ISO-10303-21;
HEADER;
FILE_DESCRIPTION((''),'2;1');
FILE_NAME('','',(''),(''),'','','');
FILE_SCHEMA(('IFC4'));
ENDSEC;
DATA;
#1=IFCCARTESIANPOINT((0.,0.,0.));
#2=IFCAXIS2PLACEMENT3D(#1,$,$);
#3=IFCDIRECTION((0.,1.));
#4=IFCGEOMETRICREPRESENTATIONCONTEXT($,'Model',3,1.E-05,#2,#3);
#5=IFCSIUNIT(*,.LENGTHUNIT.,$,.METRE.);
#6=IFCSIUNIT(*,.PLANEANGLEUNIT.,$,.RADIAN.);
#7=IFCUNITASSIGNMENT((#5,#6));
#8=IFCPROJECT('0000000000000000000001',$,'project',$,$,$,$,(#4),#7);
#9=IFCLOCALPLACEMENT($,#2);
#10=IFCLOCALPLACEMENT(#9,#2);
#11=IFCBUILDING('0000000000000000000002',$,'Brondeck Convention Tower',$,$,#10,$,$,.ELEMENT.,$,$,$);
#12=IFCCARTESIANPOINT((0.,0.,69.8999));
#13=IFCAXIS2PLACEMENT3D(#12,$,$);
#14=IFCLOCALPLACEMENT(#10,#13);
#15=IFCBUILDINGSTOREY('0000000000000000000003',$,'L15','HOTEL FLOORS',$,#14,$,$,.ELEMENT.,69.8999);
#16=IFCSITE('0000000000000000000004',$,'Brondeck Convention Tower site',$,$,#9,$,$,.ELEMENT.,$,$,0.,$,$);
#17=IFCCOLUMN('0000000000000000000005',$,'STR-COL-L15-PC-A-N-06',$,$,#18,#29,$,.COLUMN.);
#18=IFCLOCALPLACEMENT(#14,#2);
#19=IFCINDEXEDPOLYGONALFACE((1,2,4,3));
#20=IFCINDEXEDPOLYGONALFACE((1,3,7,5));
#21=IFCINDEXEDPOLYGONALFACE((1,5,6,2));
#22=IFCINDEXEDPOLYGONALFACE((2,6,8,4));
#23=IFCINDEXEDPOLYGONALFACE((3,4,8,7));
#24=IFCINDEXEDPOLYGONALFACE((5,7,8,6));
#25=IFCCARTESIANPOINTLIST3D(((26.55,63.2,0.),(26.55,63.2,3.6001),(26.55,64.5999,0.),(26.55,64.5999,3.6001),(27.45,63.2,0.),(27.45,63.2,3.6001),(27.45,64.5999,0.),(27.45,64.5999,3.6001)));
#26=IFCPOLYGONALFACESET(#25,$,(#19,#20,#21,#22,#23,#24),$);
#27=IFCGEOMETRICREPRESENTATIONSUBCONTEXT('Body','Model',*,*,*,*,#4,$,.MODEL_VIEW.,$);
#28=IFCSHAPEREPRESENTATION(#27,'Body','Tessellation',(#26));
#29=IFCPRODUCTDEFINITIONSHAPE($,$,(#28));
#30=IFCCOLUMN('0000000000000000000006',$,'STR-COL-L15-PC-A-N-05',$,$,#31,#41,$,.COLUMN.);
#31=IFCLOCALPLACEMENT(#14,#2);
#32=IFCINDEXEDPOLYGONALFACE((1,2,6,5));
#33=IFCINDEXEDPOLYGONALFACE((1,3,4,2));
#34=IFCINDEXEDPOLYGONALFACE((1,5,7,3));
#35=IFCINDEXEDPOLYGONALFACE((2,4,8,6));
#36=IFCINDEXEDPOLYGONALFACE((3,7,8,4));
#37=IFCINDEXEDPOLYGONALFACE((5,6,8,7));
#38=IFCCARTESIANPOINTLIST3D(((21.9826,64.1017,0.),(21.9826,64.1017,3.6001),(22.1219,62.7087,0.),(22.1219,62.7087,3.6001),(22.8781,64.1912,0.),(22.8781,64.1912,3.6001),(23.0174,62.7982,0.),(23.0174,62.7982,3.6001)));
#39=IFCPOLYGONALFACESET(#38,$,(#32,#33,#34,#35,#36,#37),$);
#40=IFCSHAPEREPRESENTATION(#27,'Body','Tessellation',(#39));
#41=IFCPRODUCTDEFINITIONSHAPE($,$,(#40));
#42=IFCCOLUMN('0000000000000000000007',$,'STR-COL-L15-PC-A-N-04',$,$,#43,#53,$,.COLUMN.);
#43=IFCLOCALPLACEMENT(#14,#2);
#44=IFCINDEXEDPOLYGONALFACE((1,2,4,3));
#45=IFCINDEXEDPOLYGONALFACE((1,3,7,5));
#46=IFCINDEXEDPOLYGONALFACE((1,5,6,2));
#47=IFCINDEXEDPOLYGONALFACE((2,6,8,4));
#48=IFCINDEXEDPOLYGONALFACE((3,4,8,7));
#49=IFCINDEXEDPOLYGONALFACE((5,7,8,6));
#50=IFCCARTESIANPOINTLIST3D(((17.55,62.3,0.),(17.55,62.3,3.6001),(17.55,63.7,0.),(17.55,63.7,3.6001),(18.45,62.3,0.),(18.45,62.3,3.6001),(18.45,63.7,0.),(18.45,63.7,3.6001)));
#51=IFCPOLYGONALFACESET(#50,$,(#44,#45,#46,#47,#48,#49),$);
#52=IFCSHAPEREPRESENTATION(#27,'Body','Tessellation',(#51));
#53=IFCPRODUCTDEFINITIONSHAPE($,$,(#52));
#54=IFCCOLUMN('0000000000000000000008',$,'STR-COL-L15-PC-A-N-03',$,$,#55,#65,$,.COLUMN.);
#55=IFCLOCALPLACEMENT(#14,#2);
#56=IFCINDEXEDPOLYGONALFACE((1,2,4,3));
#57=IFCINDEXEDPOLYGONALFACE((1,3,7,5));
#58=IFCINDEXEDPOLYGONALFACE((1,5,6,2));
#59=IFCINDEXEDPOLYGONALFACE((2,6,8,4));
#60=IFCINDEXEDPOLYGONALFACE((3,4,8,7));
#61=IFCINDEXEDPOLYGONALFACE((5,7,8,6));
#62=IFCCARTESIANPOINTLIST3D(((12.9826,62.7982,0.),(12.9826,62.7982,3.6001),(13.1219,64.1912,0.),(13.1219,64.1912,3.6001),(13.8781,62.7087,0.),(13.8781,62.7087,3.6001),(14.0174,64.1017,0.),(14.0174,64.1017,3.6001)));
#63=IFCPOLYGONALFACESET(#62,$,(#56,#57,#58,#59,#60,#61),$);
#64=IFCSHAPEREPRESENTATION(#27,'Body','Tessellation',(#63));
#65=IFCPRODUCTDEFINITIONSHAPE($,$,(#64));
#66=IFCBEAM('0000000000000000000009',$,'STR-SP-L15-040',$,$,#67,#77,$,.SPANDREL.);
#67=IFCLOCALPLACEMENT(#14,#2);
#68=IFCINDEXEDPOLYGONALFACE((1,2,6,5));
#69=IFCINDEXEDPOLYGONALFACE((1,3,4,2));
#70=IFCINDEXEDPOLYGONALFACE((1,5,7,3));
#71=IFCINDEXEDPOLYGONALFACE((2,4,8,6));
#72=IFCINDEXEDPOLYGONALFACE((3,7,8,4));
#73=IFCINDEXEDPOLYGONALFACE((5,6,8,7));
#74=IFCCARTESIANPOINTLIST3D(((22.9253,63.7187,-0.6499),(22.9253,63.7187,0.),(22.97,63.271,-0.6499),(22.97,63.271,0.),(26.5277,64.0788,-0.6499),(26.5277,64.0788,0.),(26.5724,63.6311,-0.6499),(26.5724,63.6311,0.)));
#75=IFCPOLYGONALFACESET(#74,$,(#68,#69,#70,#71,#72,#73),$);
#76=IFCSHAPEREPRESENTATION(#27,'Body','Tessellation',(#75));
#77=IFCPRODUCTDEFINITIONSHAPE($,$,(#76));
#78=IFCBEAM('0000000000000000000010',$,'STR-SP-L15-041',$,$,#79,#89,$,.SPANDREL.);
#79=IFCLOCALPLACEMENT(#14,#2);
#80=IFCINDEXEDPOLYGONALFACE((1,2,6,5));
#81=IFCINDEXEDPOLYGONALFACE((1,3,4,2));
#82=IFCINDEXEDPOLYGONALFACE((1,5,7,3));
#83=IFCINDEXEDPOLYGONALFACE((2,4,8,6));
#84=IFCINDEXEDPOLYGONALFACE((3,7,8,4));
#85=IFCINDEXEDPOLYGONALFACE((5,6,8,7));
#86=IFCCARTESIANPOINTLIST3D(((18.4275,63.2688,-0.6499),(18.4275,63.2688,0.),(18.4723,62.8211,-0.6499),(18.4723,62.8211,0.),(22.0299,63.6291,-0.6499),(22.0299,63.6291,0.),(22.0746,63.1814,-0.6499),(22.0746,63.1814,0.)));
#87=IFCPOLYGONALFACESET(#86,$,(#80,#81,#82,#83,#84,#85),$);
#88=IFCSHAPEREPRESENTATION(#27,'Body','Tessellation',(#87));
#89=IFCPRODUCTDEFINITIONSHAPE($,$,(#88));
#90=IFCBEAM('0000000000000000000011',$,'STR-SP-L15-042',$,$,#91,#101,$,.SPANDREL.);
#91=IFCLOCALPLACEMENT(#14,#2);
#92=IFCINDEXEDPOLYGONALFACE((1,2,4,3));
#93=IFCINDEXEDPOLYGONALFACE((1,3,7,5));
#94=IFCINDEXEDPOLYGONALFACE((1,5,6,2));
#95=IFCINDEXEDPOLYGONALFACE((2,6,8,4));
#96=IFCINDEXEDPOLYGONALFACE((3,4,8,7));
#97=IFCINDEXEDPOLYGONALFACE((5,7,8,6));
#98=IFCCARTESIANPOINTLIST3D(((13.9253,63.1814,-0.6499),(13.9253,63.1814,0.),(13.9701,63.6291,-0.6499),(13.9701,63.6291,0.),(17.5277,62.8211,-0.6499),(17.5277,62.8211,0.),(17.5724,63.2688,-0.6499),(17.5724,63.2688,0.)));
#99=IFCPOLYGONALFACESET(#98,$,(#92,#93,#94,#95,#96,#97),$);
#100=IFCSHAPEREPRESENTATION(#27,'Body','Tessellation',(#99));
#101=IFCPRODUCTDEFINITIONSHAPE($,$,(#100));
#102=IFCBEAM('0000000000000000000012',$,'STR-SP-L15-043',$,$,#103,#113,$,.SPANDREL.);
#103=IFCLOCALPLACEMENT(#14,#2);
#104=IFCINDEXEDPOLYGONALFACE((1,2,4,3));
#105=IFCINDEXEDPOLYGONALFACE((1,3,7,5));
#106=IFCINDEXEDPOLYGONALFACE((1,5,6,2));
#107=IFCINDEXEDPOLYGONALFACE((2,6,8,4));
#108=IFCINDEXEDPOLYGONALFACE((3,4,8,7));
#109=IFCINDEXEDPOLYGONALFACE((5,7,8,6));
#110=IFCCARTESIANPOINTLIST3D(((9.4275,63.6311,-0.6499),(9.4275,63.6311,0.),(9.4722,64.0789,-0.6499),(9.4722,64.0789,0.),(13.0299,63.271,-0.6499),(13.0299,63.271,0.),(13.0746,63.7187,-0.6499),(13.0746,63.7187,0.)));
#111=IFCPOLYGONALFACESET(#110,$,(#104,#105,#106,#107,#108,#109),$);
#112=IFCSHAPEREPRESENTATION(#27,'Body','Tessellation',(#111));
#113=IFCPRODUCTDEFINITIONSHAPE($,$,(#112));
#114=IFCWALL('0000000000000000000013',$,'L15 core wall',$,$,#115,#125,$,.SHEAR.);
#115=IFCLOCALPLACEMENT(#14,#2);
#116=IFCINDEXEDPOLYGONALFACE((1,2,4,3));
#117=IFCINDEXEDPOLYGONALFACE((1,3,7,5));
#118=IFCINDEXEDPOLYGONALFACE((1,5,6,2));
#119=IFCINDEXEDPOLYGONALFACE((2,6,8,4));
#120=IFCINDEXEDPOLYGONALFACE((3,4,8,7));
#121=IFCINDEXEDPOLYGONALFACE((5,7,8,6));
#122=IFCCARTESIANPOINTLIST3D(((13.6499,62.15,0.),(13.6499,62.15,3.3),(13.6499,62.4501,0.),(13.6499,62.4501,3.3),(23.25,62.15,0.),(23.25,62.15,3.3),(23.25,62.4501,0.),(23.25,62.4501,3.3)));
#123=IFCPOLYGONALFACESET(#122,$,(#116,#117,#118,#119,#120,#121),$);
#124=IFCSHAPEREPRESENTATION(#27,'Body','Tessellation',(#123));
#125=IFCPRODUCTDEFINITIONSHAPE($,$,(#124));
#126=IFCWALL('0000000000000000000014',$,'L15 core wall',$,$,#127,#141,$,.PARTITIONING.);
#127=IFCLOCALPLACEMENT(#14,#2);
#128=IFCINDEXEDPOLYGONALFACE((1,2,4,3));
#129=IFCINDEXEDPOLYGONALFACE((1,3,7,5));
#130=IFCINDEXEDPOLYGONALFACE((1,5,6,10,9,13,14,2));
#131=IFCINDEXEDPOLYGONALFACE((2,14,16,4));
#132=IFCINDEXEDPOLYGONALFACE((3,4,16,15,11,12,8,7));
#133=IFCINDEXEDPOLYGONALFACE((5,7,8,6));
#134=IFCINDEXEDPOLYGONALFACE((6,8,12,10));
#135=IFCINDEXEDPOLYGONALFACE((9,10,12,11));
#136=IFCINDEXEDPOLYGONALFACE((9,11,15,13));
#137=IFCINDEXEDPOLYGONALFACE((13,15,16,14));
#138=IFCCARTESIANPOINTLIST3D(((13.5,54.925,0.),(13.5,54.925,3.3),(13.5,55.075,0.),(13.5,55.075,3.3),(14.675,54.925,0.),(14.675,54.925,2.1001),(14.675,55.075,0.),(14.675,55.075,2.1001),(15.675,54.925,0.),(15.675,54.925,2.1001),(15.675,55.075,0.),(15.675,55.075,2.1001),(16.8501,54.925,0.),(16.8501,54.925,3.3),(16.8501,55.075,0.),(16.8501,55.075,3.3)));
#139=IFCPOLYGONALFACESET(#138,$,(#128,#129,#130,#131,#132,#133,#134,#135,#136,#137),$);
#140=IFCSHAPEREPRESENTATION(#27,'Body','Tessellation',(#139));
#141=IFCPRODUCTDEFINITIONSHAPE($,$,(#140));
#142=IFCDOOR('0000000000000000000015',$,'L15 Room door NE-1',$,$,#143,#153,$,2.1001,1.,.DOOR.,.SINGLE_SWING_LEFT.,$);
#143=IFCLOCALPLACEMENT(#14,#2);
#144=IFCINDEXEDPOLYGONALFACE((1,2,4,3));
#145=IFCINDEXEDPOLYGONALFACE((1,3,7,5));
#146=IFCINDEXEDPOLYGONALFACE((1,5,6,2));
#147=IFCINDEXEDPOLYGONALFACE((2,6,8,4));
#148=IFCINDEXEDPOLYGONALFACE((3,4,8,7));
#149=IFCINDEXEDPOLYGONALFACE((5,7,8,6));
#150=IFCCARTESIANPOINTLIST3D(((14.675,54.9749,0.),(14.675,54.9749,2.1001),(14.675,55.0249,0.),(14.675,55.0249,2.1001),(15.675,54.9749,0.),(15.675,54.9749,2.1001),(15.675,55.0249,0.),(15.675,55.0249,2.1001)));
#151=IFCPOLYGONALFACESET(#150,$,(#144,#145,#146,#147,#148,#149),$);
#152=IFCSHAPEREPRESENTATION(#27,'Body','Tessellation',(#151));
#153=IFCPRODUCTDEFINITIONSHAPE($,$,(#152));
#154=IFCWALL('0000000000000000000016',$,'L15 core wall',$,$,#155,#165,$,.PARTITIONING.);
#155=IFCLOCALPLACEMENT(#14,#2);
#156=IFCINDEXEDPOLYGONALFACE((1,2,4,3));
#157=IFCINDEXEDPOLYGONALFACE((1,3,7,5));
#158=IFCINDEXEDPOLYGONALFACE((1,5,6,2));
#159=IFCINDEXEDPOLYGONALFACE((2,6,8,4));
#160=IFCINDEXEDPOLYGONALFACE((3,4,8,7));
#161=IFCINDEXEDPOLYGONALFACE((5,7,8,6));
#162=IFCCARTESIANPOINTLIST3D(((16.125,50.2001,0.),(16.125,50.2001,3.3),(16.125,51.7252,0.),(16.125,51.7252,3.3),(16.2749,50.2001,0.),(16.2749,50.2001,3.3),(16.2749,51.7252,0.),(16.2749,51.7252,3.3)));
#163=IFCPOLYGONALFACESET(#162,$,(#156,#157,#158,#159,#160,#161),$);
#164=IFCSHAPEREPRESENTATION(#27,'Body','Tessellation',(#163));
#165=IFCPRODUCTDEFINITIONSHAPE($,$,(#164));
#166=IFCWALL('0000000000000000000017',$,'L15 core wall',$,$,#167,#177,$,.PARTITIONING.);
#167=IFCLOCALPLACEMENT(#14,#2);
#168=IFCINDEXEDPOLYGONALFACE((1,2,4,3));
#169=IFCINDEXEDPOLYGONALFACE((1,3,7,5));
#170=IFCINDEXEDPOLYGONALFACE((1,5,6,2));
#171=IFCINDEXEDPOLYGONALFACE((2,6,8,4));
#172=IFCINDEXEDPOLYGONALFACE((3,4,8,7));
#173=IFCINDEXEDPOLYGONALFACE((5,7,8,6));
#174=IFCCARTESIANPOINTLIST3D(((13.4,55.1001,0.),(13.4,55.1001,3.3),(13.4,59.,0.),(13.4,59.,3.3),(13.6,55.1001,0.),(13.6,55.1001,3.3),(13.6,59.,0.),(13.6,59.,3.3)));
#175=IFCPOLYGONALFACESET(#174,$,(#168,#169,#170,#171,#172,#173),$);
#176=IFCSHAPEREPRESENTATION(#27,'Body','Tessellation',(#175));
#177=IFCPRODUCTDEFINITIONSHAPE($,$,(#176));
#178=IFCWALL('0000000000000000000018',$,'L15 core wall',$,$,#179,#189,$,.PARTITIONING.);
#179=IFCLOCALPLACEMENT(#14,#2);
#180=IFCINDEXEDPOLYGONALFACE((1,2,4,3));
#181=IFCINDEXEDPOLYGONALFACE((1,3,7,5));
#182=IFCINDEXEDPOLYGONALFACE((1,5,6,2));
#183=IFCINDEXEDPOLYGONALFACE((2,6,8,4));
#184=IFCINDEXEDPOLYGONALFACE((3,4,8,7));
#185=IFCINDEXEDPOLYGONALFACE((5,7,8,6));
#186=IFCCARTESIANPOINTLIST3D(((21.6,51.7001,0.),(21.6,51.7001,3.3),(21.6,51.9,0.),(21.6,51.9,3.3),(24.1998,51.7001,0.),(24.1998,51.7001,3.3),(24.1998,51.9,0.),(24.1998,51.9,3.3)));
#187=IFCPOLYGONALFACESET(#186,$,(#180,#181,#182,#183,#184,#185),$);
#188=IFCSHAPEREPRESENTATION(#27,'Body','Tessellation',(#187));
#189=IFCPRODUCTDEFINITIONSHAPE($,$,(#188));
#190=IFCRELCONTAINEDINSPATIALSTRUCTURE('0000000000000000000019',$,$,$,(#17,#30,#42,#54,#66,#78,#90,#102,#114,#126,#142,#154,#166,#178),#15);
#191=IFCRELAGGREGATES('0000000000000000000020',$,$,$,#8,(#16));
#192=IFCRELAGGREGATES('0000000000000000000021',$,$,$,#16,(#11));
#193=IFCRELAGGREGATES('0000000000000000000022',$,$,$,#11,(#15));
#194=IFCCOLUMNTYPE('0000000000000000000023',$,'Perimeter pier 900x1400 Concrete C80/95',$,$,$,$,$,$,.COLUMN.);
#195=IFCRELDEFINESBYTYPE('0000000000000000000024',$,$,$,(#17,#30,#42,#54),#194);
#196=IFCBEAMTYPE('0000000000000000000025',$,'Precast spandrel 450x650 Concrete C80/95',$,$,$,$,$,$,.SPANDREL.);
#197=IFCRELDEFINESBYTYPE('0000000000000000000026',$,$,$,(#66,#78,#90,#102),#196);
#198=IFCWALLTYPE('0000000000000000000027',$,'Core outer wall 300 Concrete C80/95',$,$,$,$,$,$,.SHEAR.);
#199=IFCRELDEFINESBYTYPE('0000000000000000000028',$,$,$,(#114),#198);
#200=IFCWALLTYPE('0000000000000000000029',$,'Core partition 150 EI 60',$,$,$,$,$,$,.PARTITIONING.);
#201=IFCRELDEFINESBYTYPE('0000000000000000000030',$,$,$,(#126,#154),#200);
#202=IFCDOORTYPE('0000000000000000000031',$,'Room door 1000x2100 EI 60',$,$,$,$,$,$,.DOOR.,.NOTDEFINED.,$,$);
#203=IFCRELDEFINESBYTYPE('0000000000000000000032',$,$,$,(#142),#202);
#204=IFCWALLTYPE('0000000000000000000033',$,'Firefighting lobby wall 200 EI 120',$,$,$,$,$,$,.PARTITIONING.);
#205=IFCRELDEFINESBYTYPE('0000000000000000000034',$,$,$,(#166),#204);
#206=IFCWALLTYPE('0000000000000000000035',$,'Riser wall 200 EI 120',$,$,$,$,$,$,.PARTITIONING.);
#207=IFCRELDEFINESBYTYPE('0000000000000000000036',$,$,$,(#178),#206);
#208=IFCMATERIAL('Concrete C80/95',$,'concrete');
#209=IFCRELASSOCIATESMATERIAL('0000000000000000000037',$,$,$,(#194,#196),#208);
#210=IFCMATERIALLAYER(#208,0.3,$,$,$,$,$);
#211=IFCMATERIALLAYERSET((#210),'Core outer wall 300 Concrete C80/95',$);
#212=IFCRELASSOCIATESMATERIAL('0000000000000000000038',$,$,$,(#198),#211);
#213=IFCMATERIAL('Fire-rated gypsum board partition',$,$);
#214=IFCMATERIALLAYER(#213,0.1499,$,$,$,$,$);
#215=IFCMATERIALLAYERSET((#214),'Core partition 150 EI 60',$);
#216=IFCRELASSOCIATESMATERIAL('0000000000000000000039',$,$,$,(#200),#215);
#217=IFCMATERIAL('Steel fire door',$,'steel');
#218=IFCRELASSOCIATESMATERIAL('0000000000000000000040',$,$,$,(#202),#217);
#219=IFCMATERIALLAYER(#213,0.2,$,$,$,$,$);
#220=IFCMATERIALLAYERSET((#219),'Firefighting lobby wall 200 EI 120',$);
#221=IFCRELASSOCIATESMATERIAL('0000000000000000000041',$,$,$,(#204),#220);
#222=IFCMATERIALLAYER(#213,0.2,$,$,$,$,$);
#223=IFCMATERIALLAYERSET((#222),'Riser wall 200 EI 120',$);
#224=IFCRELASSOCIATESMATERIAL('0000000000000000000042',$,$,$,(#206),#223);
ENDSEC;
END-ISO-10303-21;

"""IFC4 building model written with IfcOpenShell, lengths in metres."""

from ifc_helpers import new_model, si_unit, direction, frame, frame_2d, origin, origin_2d, place, context, subcontext, project, spatial, rectangle, extrude, material, layer, layer_set, material_profile, profile_set, type_object, element, fill, save


model = new_model("IFC4")

# Units and contexts
model_context = context("Model", 3, precision=1e-05, world=origin(), true_north=direction((0.0, 1.0)))
body_context = subcontext(model_context, "Body", "Model", "MODEL_VIEW")
ifc_project = project(units=[si_unit("LENGTHUNIT", "METRE"), si_unit("PLANEANGLEUNIT", "RADIAN")], contexts=[model_context])

# Site, building, storey
site_placement = place(None, origin())
site = spatial("IfcSite", under=ifc_project, at=site_placement, Name="Brondeck Convention Tower site", CompositionType="ELEMENT", RefElevation=0.0)
building_placement = place(site_placement, origin())
building = spatial("IfcBuilding", under=site, at=building_placement, Name="Brondeck Convention Tower", CompositionType="ELEMENT")
storey_placement = place(building_placement, frame((0.0, 0.0, 69.8999)))
storey = spatial("IfcBuildingStorey", under=building, at=storey_placement, Name="L15", Description="HOTEL FLOORS", CompositionType="ELEMENT", Elevation=69.8999)

# Columns
ifc_material_1 = material(Name="Concrete C80/95", Category="concrete")
ifc_material_profile_1 = material_profile(ifc_material_1, rectangle(XDim=0.8999, YDim=1.3999, at=origin_2d()), Name="Perimeter pier 900x1400 Concrete C80/95")
ifc_profile_set_1 = profile_set([ifc_material_profile_1], Name="Concrete C80/95")
column_type = type_object("IfcColumnType", Name="Perimeter pier 900x1400 Concrete C80/95", PredefinedType="COLUMN", material=ifc_profile_set_1)
for number, where, z_axis, x_axis, name in (
    (1, (27.0, 63.8999, 0.0), (0.0, 0.0, 1.0), (-1.0, 0.0, 0.0), "STR-COL-L15-PC-A-N-06"),
    (2, (22.5, 63.45, 0.0), (0.0, 0.0, 1.0), (-0.995037, -0.099504, 0.0), "STR-COL-L15-PC-A-N-05"),
    (3, (18.0, 63.0, 0.0), (0.0, 0.0, 1.0), (-1.0, 0.0, 0.0), "STR-COL-L15-PC-A-N-04"),
    (4, (13.5, 63.45, 0.0), (0.0, 0.0, 1.0), (-0.995037, 0.099504, 0.0), "STR-COL-L15-PC-A-N-03"),
):
    element("IfcColumn", number, at=place(storey_placement, frame(where, z_axis=z_axis, x_axis=x_axis)), inside=storey, type_object=column_type, Name=name, PredefinedType="COLUMN", context=body_context, shape_type="SweptSolid", body=[
        extrude(rectangle(XDim=0.8999, YDim=1.3999, at=origin_2d()), origin(), (0.0, 0.0, 1.0), 3.6001),
    ])

# Beams
ifc_material_profile_2 = material_profile(ifc_material_1, rectangle(XDim=0.45, YDim=0.6499, at=origin_2d()), Name="Precast spandrel 450x650 Concrete C80/95")
ifc_profile_set_2 = profile_set([ifc_material_profile_2], Name="Concrete C80/95")
beam_type = type_object("IfcBeamType", Name="Precast spandrel 450x650 Concrete C80/95", PredefinedType="SPANDREL", material=ifc_profile_set_2)
for number, where, z_axis, x_axis, name in (
    (5, (26.55, 63.855, -0.325), (-0.995041, -0.09947, 0.0), (0.09947, -0.995041, 0.0), "STR-SP-L15-040"),
    (6, (22.0522, 63.4053, -0.325), (-0.995034, -0.099537, 0.0), (0.099537, -0.995034, 0.0), "STR-SP-L15-041"),
    (7, (17.55, 63.0449, -0.325), (-0.995034, 0.099537, 0.0), (-0.099537, -0.995034, 0.0), "STR-SP-L15-042"),
    (8, (13.0522, 63.4949, -0.325), (-0.995041, 0.09947, 0.0), (-0.09947, -0.995041, 0.0), "STR-SP-L15-043"),
):
    element("IfcBeam", number, at=place(storey_placement, frame(where, z_axis=z_axis, x_axis=x_axis)), inside=storey, type_object=beam_type, Name=name, PredefinedType="SPANDREL", context=body_context, shape_type="SweptSolid", body=[
        extrude(rectangle(XDim=0.45, YDim=0.6499, at=origin_2d()), origin(), (0.0, 0.0, 1.0), 3.6204),
    ])

# Wall
ifc_layer_1 = layer(ifc_material_1, 0.3)
ifc_layer_set_1 = layer_set([ifc_layer_1], Name="Core outer wall 300 Concrete C80/95")
wall_type_1 = type_object("IfcWallType", Name="Core outer wall 300 Concrete C80/95", PredefinedType="SHEAR", material=ifc_layer_set_1)
wall_1_placement = place(storey_placement, frame((13.6499, 62.3, 0.0), z_axis=(0.0, 0.0, 1.0), x_axis=(1.0, 0.0, 0.0)))
element("IfcWall", 9, at=wall_1_placement, inside=storey, type_object=wall_type_1, Name="L15 core wall", PredefinedType="SHEAR", context=body_context, shape_type="SweptSolid", body=[
    extrude(rectangle(XDim=9.6001, YDim=0.3, at=frame_2d((4.8, 0.0))), origin(), (0.0, 0.0, 1.0), 3.3),
])

# Wall, opening, door
ifc_material_2 = material(Name="Fire-rated gypsum board partition")
ifc_layer_2 = layer(ifc_material_2, 0.1499)
ifc_layer_set_2 = layer_set([ifc_layer_2], Name="Core partition 150 EI 60")
wall_type_2 = type_object("IfcWallType", Name="Core partition 150 EI 60", PredefinedType="PARTITIONING", material=ifc_layer_set_2)
wall_2_placement = place(storey_placement, frame((13.5, 55.0, 0.0), z_axis=(0.0, 0.0, 1.0), x_axis=(1.0, 0.0, 0.0)))
wall_2 = element("IfcWall", 10, at=wall_2_placement, inside=storey, type_object=wall_type_2, Name="L15 core wall", PredefinedType="PARTITIONING", context=body_context, shape_type="SweptSolid", body=[
    extrude(rectangle(XDim=3.3501, YDim=0.1499, at=frame_2d((1.675, 0.0))), origin(), (0.0, 0.0, 1.0), 3.3),
])
opening_1_placement = place(wall_2_placement, frame((1.175, 0.0, 0.0)))
opening_1 = element("IfcOpeningElement", 11, at=opening_1_placement, cuts=wall_2, PredefinedType="OPENING", context=body_context, shape_type="SweptSolid", body=[
    extrude(rectangle(XDim=1.0, YDim=2.1001, at=frame_2d((0.5, 1.05))), frame((0.0, 0.085, 0.0), z_axis=(0.0, -1.0, 0.0), x_axis=(1.0, 0.0, 0.0)), (0.0, 0.0, 1.0), 0.1699),
])
ifc_material_3 = material(Name="Steel fire door", Category="steel")
door_type_1 = type_object("IfcDoorType", Name="Room door 1000x2100 EI 60", OperationType="NOTDEFINED", PredefinedType="DOOR", material=ifc_material_3)
door_1_placement = place(opening_1_placement, origin())
door_1 = element("IfcDoor", 12, at=door_1_placement, inside=storey, type_object=door_type_1, Name="L15 Room door NE-1", OperationType="SINGLE_SWING_LEFT", OverallHeight=2.1001, OverallWidth=1.0, PredefinedType="DOOR", context=body_context, shape_type="SweptSolid", body=[
    extrude(rectangle(XDim=1.0, YDim=2.1001, at=frame_2d((0.5, 1.05))), frame((0.0, 0.0249, 0.0), z_axis=(0.0, -1.0, 0.0), x_axis=(1.0, 0.0, 0.0)), (0.0, 0.0, 1.0), 0.05),
])
fill(opening_1, door_1)

# Walls
wall_3_placement = place(storey_placement, frame((16.2, 50.2, 0.0), z_axis=(0.0, 0.0, 1.0), x_axis=(0.0, 1.0, 0.0)))
element("IfcWall", 13, at=wall_3_placement, inside=storey, type_object=wall_type_2, Name="L15 core wall", PredefinedType="PARTITIONING", context=body_context, shape_type="SweptSolid", body=[
    extrude(rectangle(XDim=1.5251, YDim=0.1499, at=frame_2d((0.7627, 0.0))), origin(), (0.0, 0.0, 1.0), 3.3),
])
ifc_layer_3 = layer(ifc_material_2, 0.2)
ifc_layer_set_3 = layer_set([ifc_layer_3], Name="Firefighting lobby wall 200 EI 120")
wall_type_3 = type_object("IfcWallType", Name="Firefighting lobby wall 200 EI 120", PredefinedType="PARTITIONING", material=ifc_layer_set_3)
wall_4_placement = place(storey_placement, frame((13.5, 55.1001, 0.0), z_axis=(0.0, 0.0, 1.0), x_axis=(0.0, 1.0, 0.0)))
element("IfcWall", 14, at=wall_4_placement, inside=storey, type_object=wall_type_3, Name="L15 core wall", PredefinedType="PARTITIONING", context=body_context, shape_type="SweptSolid", body=[
    extrude(rectangle(XDim=3.8999, YDim=0.2, at=frame_2d((1.95, 0.0))), origin(), (0.0, 0.0, 1.0), 3.3),
])
ifc_layer_4 = layer(ifc_material_2, 0.2)
ifc_layer_set_4 = layer_set([ifc_layer_4], Name="Riser wall 200 EI 120")
wall_type_4 = type_object("IfcWallType", Name="Riser wall 200 EI 120", PredefinedType="PARTITIONING", material=ifc_layer_set_4)
wall_5_placement = place(storey_placement, frame((21.6001, 51.8, 0.0), z_axis=(0.0, 0.0, 1.0), x_axis=(1.0, 0.0, 0.0)))
element("IfcWall", 15, at=wall_5_placement, inside=storey, type_object=wall_type_4, Name="L15 core wall", PredefinedType="PARTITIONING", context=body_context, shape_type="SweptSolid", body=[
    extrude(rectangle(XDim=2.5999, YDim=0.2, at=frame_2d((1.2998, 0.0))), origin(), (0.0, 0.0, 1.0), 3.3),
])

save(model, "model.ifc")
